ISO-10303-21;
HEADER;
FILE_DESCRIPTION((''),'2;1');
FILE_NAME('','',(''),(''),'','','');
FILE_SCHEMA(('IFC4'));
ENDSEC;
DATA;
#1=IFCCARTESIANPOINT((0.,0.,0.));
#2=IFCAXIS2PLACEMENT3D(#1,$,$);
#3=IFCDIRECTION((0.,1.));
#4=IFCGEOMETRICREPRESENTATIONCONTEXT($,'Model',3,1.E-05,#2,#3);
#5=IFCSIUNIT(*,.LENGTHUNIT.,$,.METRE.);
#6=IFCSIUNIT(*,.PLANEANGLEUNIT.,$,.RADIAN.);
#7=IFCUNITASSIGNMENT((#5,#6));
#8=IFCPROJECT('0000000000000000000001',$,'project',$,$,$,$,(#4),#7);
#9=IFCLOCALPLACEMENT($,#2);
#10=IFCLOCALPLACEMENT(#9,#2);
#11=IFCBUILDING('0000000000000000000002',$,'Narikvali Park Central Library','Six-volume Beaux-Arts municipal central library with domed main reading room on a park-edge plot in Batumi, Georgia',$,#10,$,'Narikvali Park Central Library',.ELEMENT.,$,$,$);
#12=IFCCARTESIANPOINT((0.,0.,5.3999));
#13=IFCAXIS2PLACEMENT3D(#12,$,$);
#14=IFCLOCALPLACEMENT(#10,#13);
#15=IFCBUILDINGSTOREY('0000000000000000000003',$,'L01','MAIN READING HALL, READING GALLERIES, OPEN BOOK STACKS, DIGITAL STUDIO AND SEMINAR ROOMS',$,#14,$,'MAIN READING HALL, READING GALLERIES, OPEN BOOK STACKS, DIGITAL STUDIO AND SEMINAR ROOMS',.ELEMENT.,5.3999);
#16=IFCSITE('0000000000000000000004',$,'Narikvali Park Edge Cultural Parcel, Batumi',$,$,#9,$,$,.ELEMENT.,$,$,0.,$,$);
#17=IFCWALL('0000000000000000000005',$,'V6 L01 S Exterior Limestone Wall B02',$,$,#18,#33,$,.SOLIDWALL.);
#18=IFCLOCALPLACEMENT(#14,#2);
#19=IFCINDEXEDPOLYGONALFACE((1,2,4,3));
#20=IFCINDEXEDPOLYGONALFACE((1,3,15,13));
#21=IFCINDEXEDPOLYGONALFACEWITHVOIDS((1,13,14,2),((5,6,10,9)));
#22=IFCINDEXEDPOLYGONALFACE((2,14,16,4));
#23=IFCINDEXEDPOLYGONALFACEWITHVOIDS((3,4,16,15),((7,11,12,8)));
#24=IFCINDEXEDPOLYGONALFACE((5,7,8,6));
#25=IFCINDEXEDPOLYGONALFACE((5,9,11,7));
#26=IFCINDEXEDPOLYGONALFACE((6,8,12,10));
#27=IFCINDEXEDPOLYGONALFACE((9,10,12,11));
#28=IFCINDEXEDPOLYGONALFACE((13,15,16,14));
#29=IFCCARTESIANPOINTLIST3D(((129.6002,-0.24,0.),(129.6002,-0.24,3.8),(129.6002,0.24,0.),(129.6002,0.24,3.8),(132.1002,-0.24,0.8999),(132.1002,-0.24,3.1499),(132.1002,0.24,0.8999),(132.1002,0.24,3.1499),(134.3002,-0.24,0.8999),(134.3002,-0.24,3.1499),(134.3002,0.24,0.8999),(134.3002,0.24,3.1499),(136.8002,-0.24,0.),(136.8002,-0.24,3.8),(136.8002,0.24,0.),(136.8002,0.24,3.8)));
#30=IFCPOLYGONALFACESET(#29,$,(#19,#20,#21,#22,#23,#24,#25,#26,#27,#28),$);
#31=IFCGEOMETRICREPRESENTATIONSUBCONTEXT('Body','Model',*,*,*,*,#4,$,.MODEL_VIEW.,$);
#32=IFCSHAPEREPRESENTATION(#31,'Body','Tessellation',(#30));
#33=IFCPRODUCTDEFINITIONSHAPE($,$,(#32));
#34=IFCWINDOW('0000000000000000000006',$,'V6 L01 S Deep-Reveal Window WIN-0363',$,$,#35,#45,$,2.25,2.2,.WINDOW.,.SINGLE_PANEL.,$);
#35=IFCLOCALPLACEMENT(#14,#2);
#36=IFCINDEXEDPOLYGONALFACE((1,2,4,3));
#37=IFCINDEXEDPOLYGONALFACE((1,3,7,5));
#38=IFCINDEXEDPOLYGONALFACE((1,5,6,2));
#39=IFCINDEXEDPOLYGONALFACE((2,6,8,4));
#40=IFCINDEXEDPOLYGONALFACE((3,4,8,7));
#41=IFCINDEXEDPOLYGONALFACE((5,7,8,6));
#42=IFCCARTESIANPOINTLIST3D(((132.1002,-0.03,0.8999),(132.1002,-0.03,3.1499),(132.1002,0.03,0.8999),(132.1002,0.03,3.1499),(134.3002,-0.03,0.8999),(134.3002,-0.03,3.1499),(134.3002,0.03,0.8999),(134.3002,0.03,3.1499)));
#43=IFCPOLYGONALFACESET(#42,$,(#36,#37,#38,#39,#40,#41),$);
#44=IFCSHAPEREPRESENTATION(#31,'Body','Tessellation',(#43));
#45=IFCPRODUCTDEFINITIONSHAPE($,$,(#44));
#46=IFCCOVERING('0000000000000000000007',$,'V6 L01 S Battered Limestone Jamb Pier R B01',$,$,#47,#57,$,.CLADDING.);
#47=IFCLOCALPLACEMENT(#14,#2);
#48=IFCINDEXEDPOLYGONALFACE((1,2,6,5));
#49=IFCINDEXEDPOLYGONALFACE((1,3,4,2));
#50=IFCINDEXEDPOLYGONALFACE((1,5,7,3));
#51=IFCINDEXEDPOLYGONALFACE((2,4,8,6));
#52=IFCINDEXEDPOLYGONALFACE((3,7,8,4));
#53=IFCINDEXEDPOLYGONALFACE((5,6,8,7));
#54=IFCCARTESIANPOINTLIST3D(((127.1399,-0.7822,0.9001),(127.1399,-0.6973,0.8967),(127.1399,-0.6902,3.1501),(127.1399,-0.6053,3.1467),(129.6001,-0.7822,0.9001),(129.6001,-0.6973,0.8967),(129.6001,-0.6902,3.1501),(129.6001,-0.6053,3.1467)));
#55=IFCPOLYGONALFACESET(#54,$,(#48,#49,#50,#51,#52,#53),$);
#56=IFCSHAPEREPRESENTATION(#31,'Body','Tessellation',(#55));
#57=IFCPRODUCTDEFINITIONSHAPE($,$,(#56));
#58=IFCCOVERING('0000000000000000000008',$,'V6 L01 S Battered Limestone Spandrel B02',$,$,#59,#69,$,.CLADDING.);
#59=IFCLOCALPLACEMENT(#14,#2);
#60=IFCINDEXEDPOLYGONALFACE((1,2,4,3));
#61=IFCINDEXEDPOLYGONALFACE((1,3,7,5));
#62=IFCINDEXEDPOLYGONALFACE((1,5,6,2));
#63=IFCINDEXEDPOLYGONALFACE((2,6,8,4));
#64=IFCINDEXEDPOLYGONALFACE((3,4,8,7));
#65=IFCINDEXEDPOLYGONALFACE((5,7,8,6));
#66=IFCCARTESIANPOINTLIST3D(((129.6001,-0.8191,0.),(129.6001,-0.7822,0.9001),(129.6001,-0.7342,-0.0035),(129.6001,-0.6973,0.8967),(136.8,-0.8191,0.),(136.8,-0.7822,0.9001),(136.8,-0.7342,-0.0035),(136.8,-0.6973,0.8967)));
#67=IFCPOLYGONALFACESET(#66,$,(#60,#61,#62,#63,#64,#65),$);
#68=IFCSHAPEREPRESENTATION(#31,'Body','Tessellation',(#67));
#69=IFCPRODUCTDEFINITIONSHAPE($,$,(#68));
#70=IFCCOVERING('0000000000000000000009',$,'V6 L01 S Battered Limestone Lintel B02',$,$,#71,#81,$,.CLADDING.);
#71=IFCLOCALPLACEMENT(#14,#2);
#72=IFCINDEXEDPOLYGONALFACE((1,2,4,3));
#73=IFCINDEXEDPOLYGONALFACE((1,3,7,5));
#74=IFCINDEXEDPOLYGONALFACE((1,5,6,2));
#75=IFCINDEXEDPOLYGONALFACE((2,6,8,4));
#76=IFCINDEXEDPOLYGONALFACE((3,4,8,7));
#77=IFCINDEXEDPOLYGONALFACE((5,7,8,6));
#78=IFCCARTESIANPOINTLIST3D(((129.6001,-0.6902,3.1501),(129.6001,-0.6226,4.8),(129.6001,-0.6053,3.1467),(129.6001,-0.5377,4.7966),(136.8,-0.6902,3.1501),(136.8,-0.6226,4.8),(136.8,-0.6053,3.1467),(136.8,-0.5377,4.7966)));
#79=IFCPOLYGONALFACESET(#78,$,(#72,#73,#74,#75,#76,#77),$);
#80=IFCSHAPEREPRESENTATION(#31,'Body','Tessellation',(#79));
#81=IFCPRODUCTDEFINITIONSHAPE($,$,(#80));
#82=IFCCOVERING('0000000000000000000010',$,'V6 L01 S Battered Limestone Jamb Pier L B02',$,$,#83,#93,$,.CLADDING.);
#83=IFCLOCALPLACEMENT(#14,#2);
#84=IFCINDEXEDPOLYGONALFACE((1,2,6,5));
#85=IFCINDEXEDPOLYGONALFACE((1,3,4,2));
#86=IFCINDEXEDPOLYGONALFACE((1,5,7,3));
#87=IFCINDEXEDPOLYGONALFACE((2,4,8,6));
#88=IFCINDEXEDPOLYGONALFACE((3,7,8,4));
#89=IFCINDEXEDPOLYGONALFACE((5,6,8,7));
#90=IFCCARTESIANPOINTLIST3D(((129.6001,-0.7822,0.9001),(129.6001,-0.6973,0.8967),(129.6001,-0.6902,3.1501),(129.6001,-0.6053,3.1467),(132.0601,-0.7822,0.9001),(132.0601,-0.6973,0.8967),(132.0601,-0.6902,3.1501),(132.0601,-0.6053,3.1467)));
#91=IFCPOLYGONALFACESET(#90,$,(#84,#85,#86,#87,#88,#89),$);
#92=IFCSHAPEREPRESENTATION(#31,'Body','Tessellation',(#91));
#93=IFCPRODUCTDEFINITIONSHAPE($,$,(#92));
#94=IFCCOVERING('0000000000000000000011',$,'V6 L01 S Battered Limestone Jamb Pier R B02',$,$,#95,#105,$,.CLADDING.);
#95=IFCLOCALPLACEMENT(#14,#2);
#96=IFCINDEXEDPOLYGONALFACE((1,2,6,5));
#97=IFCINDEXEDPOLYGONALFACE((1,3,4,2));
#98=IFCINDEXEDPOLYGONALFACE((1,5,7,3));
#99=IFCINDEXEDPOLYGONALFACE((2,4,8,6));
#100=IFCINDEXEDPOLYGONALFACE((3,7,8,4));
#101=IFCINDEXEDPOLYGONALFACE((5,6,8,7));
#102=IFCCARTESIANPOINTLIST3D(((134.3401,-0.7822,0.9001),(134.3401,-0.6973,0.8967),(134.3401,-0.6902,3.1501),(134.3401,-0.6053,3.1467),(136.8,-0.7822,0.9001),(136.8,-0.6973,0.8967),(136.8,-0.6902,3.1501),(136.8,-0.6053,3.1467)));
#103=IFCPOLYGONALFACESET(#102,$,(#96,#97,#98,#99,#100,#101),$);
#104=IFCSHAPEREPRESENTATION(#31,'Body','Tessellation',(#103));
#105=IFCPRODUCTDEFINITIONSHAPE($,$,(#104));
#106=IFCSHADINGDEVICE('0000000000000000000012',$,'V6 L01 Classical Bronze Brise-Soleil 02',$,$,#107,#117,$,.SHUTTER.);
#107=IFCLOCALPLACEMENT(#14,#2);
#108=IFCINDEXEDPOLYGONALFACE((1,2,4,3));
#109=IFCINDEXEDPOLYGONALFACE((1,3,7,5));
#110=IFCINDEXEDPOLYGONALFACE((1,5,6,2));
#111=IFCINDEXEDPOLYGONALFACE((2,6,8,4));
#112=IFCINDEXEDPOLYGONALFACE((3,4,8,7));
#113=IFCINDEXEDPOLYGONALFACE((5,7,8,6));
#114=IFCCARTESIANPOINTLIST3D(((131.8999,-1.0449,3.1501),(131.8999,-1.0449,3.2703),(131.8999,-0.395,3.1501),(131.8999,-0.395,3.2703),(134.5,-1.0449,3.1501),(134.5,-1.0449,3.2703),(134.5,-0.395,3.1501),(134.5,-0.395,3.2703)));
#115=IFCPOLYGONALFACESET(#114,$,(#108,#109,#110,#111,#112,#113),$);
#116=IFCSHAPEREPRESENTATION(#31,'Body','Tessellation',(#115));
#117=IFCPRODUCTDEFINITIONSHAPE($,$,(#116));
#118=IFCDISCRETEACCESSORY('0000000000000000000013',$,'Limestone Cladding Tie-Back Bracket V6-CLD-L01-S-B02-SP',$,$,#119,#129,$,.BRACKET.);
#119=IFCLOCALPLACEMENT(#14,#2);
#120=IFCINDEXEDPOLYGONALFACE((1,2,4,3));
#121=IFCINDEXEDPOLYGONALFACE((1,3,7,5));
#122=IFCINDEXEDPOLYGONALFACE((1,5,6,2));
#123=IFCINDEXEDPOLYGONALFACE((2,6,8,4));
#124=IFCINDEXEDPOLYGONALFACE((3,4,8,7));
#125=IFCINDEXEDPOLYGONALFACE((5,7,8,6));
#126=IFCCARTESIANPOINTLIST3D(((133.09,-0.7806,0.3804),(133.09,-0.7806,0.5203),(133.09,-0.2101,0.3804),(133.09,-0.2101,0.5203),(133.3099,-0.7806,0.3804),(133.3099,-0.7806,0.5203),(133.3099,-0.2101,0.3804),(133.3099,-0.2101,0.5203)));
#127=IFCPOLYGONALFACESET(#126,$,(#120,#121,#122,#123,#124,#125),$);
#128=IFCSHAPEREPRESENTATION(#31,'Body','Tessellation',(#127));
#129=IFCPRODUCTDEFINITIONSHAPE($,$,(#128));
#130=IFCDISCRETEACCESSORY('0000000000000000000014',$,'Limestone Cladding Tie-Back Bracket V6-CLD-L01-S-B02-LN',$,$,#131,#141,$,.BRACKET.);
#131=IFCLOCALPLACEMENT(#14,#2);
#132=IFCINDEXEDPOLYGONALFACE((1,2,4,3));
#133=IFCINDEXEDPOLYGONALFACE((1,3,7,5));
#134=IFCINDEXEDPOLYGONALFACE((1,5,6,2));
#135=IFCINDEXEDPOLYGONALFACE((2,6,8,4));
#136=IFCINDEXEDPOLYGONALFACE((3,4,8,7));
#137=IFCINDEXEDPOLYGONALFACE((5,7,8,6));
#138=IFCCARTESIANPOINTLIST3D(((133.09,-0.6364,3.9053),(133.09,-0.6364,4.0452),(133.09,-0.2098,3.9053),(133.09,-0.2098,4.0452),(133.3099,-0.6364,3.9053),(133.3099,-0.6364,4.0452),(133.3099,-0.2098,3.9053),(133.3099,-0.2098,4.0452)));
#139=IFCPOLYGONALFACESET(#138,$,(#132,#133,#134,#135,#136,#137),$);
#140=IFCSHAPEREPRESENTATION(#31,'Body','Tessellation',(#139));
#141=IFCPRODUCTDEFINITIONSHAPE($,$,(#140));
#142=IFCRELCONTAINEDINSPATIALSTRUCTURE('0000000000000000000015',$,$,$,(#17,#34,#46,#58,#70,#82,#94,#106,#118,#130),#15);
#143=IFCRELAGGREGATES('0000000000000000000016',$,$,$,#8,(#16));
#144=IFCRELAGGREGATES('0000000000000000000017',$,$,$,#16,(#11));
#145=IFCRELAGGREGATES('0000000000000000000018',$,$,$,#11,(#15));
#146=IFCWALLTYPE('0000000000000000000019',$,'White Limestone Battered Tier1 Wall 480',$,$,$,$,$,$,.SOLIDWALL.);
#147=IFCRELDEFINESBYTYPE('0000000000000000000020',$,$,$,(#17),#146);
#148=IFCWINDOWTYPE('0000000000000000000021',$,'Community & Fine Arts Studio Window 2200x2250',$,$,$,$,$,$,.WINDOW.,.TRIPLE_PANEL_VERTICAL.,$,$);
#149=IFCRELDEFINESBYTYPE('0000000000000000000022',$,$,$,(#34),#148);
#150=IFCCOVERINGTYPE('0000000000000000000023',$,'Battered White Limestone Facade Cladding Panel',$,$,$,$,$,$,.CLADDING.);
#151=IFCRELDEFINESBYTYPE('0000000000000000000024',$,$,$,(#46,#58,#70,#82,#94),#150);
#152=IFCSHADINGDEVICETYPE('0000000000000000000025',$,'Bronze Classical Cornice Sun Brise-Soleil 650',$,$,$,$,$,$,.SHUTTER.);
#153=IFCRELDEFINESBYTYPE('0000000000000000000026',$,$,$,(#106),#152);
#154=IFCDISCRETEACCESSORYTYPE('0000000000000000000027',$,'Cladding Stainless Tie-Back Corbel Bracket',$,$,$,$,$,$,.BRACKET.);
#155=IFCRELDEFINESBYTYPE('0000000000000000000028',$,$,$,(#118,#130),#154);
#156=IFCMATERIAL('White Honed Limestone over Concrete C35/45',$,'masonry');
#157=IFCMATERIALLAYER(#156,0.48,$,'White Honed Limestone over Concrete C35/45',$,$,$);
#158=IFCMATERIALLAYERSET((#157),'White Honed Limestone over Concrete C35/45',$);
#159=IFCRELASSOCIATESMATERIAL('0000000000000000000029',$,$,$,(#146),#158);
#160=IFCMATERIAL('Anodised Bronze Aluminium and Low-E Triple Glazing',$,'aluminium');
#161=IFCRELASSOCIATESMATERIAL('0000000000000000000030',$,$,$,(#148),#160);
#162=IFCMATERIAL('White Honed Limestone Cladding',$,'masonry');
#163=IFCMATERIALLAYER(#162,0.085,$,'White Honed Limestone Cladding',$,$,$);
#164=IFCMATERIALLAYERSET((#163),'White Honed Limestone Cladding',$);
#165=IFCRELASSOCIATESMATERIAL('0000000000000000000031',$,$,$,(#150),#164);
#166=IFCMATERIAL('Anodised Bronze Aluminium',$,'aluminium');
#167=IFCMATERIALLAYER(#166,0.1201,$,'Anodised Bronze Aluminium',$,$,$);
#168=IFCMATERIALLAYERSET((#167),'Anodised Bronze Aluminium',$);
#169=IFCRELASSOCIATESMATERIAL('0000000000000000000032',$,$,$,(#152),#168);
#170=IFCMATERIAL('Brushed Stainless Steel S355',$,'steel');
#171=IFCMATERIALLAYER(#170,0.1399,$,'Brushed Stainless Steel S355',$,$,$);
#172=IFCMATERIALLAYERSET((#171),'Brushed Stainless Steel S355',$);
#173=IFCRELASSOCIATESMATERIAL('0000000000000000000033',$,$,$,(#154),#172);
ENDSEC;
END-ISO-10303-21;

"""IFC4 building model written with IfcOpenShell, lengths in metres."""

from ifc_helpers import new_model, si_unit, direction, frame, frame_2d, origin, origin_2d, place, context, subcontext, project, spatial, polyline, rectangle, outline, extrude, material, layer, layer_set, type_object, element, fill, save


model = new_model("IFC4")

# Units and contexts
model_context = context("Model", 3, precision=1e-05, world=origin(), true_north=direction((0.0, 1.0)))
body_context = subcontext(model_context, "Body", "Model", "MODEL_VIEW")
ifc_project = project(units=[si_unit("LENGTHUNIT", "METRE"), si_unit("PLANEANGLEUNIT", "RADIAN")], contexts=[model_context])

# Site, building, storey
site_placement = place(None, origin())
site = spatial("IfcSite", under=ifc_project, at=site_placement, Name="Narikvali Park Edge Cultural Parcel, Batumi", CompositionType="ELEMENT", RefElevation=0.0)
building_placement = place(site_placement, origin())
building = spatial("IfcBuilding", under=site, at=building_placement, Name="Narikvali Park Central Library", Description="Six-volume Beaux-Arts municipal central library with domed main reading room on a park-edge plot in Batumi, Georgia", LongName="Narikvali Park Central Library", CompositionType="ELEMENT")
storey_placement = place(building_placement, frame((0.0, 0.0, 5.3999)))
storey = spatial("IfcBuildingStorey", under=building, at=storey_placement, Name="L01", Description="MAIN READING HALL, READING GALLERIES, OPEN BOOK STACKS, DIGITAL STUDIO AND SEMINAR ROOMS", LongName="MAIN READING HALL, READING GALLERIES, OPEN BOOK STACKS, DIGITAL STUDIO AND SEMINAR ROOMS", CompositionType="ELEMENT", Elevation=5.3999)

# Shared definitions
ifc_material_1 = material(Name="Anodised Bronze Aluminium", Category="aluminium")

# Wall, opening, window
ifc_material_2 = material(Name="White Honed Limestone over Concrete C35/45", Category="masonry")
ifc_layer_1 = layer(ifc_material_2, 0.48, Name="White Honed Limestone over Concrete C35/45")
ifc_layer_set_1 = layer_set([ifc_layer_1], Name="White Honed Limestone over Concrete C35/45")
wall_type_1 = type_object("IfcWallType", Name="White Limestone Battered Tier1 Wall 480", PredefinedType="SOLIDWALL", material=ifc_layer_set_1)
wall_1_placement = place(storey_placement, frame((129.6001, 0.0, 0.0), z_axis=(0.0, 0.0, 1.0), x_axis=(1.0, 0.0, 0.0)))
wall_1 = element("IfcWall", 1, at=wall_1_placement, inside=storey, type_object=wall_type_1, Name="V6 L01 S Exterior Limestone Wall B02", PredefinedType="SOLIDWALL", context=body_context, shape_type="SweptSolid", body=[
    extrude(rectangle(XDim=7.2, YDim=0.48, at=frame_2d((3.6001, 0.0))), origin(), (0.0, 0.0, 1.0), 3.8),
])
opening_placement = place(wall_1_placement, frame((2.5, 0.0, 0.8999)))
opening = element("IfcOpeningElement", 2, at=opening_placement, cuts=wall_1, PredefinedType="OPENING", context=body_context, shape_type="SweptSolid", body=[
    extrude(rectangle(XDim=2.2, YDim=2.25, at=frame_2d((1.1001, 1.125))), frame((0.0, 0.252, 0.0), z_axis=(0.0, -1.0, 0.0), x_axis=(1.0, 0.0, 0.0)), (0.0, 0.0, 1.0), 0.5039),
])
ifc_material_3 = material(Name="Anodised Bronze Aluminium and Low-E Triple Glazing", Category="aluminium")
window_type = type_object("IfcWindowType", Name="Community & Fine Arts Studio Window 2200x2250", PartitioningType="TRIPLE_PANEL_VERTICAL", PredefinedType="WINDOW", material=ifc_material_3)
window_placement = place(opening_placement, origin())
window = element("IfcWindow", 3, at=window_placement, inside=storey, type_object=window_type, Name="V6 L01 S Deep-Reveal Window WIN-0363", OverallHeight=2.25, OverallWidth=2.2, PartitioningType="SINGLE_PANEL", PredefinedType="WINDOW", context=body_context, shape_type="SweptSolid", body=[
    extrude(rectangle(XDim=2.2, YDim=2.25, at=frame_2d((1.1001, 1.125))), frame((0.0, 0.03, 0.0), z_axis=(0.0, -1.0, 0.0), x_axis=(1.0, 0.0, 0.0)), (0.0, 0.0, 1.0), 0.0601),
])
fill(opening, window)

# Coverings
ifc_material_4 = material(Name="White Honed Limestone Cladding", Category="masonry")
ifc_layer_2 = layer(ifc_material_4, 0.085, Name="White Honed Limestone Cladding")
ifc_layer_set_2 = layer_set([ifc_layer_2], Name="White Honed Limestone Cladding")
covering_type = type_object("IfcCoveringType", Name="Battered White Limestone Facade Cladding Panel", PredefinedType="CLADDING", material=ifc_layer_set_2)
covering_1_placement = place(storey_placement, frame((127.1399, -0.7822, 0.9001), z_axis=(0.0, -0.999164, 0.040873), x_axis=(1.0, 0.0, 0.0)))
element("IfcCovering", 4, at=covering_1_placement, inside=storey, type_object=covering_type, Name="V6 L01 S Battered Limestone Jamb Pier R B01", PredefinedType="CLADDING", context=body_context, shape_type="SweptSolid", body=[
    extrude(outline(polyline([(0.0, 0.0), (2.4602, 0.0), (2.4602, 2.2519), (0.0, 2.2519), (0.0, 0.0)])), origin(), (0.0, 0.0, -1.0), 0.085),
])
covering_2_placement = place(storey_placement, frame((129.6001, -0.8191, 0.0), z_axis=(0.0, -0.999162, 0.04092), x_axis=(1.0, 0.0, 0.0)))
element("IfcCovering", 5, at=covering_2_placement, inside=storey, type_object=covering_type, Name="V6 L01 S Battered Limestone Spandrel B02", PredefinedType="CLADDING", context=body_context, shape_type="SweptSolid", body=[
    extrude(outline(polyline([(0.0, 0.0), (7.2, 0.0), (7.2, 0.9009), (0.0, 0.9009), (0.0, 0.0)])), origin(), (0.0, 0.0, -1.0), 0.085),
])
covering_3_placement = place(storey_placement, frame((129.6001, -0.6902, 3.1501), z_axis=(0.0, -0.999161, 0.040954), x_axis=(1.0, 0.0, 0.0)))
element("IfcCovering", 6, at=covering_3_placement, inside=storey, type_object=covering_type, Name="V6 L01 S Battered Limestone Lintel B02", PredefinedType="CLADDING", context=body_context, shape_type="SweptSolid", body=[
    extrude(outline(polyline([(0.0, 0.0), (7.2, 0.0), (7.2, 1.6513), (0.0, 1.6513), (0.0, 0.0)])), origin(), (0.0, 0.0, -1.0), 0.085),
])
for number, where, z_axis, x_axis, name in (
    (7, (129.6001, -0.7822, 0.9001), (0.0, -0.999164, 0.040873), (1.0, 0.0, 0.0), "V6 L01 S Battered Limestone Jamb Pier L B02"),
    (8, (134.3401, -0.7822, 0.9001), (0.0, -0.999164, 0.040873), (1.0, 0.0, 0.0), "V6 L01 S Battered Limestone Jamb Pier R B02"),
):
    element("IfcCovering", number, at=place(storey_placement, frame(where, z_axis=z_axis, x_axis=x_axis)), inside=storey, type_object=covering_type, Name=name, PredefinedType="CLADDING", context=body_context, shape_type="SweptSolid", body=[
        extrude(outline(polyline([(0.0, 0.0), (2.46, 0.0), (2.46, 2.2519), (0.0, 2.2519), (0.0, 0.0)])), origin(), (0.0, 0.0, -1.0), 0.085),
    ])

# Shading device
ifc_layer_3 = layer(ifc_material_1, 0.1201, Name="Anodised Bronze Aluminium")
ifc_layer_set_3 = layer_set([ifc_layer_3], Name="Anodised Bronze Aluminium")
shading_device_type = type_object("IfcShadingDeviceType", Name="Bronze Classical Cornice Sun Brise-Soleil 650", PredefinedType="SHUTTER", material=ifc_layer_set_3)
shading_device_placement = place(storey_placement, frame((133.2, -0.72, 3.1501), z_axis=(0.0, 0.0, 1.0), x_axis=(1.0, 0.0, 0.0)))
element("IfcShadingDevice", 9, at=shading_device_placement, inside=storey, type_object=shading_device_type, Name="V6 L01 Classical Bronze Brise-Soleil 02", PredefinedType="SHUTTER", context=body_context, shape_type="SweptSolid", body=[
    extrude(rectangle(XDim=2.6001, YDim=0.6499, at=origin_2d()), origin(), (0.0, 0.0, 1.0), 0.1201),
])

# Discrete accessories
ifc_material_5 = material(Name="Brushed Stainless Steel S355", Category="steel")
ifc_layer_4 = layer(ifc_material_5, 0.1399, Name="Brushed Stainless Steel S355")
ifc_layer_set_4 = layer_set([ifc_layer_4], Name="Brushed Stainless Steel S355")
discrete_accessory_type = type_object("IfcDiscreteAccessoryType", Name="Cladding Stainless Tie-Back Corbel Bracket", PredefinedType="BRACKET", material=ifc_layer_set_4)
discrete_accessory_1_placement = place(storey_placement, frame((133.2, -0.4954, 0.3804), z_axis=(0.0, 0.0, 1.0), x_axis=(1.0, 0.0, 0.0)))
element("IfcDiscreteAccessory", 10, at=discrete_accessory_1_placement, inside=storey, type_object=discrete_accessory_type, Name="Limestone Cladding Tie-Back Bracket V6-CLD-L01-S-B02-SP", PredefinedType="BRACKET", context=body_context, shape_type="SweptSolid", body=[
    extrude(rectangle(XDim=0.22, YDim=0.5706, at=origin_2d()), origin(), (0.0, 0.0, 1.0), 0.1399),
])
discrete_accessory_2_placement = place(storey_placement, frame((133.2, -0.4231, 3.9053), z_axis=(0.0, 0.0, 1.0), x_axis=(1.0, 0.0, 0.0)))
element("IfcDiscreteAccessory", 11, at=discrete_accessory_2_placement, inside=storey, type_object=discrete_accessory_type, Name="Limestone Cladding Tie-Back Bracket V6-CLD-L01-S-B02-LN", PredefinedType="BRACKET", context=body_context, shape_type="SweptSolid", body=[
    extrude(rectangle(XDim=0.22, YDim=0.4265, at=origin_2d()), origin(), (0.0, 0.0, 1.0), 0.1399),
])

save(model, "model.ifc")
